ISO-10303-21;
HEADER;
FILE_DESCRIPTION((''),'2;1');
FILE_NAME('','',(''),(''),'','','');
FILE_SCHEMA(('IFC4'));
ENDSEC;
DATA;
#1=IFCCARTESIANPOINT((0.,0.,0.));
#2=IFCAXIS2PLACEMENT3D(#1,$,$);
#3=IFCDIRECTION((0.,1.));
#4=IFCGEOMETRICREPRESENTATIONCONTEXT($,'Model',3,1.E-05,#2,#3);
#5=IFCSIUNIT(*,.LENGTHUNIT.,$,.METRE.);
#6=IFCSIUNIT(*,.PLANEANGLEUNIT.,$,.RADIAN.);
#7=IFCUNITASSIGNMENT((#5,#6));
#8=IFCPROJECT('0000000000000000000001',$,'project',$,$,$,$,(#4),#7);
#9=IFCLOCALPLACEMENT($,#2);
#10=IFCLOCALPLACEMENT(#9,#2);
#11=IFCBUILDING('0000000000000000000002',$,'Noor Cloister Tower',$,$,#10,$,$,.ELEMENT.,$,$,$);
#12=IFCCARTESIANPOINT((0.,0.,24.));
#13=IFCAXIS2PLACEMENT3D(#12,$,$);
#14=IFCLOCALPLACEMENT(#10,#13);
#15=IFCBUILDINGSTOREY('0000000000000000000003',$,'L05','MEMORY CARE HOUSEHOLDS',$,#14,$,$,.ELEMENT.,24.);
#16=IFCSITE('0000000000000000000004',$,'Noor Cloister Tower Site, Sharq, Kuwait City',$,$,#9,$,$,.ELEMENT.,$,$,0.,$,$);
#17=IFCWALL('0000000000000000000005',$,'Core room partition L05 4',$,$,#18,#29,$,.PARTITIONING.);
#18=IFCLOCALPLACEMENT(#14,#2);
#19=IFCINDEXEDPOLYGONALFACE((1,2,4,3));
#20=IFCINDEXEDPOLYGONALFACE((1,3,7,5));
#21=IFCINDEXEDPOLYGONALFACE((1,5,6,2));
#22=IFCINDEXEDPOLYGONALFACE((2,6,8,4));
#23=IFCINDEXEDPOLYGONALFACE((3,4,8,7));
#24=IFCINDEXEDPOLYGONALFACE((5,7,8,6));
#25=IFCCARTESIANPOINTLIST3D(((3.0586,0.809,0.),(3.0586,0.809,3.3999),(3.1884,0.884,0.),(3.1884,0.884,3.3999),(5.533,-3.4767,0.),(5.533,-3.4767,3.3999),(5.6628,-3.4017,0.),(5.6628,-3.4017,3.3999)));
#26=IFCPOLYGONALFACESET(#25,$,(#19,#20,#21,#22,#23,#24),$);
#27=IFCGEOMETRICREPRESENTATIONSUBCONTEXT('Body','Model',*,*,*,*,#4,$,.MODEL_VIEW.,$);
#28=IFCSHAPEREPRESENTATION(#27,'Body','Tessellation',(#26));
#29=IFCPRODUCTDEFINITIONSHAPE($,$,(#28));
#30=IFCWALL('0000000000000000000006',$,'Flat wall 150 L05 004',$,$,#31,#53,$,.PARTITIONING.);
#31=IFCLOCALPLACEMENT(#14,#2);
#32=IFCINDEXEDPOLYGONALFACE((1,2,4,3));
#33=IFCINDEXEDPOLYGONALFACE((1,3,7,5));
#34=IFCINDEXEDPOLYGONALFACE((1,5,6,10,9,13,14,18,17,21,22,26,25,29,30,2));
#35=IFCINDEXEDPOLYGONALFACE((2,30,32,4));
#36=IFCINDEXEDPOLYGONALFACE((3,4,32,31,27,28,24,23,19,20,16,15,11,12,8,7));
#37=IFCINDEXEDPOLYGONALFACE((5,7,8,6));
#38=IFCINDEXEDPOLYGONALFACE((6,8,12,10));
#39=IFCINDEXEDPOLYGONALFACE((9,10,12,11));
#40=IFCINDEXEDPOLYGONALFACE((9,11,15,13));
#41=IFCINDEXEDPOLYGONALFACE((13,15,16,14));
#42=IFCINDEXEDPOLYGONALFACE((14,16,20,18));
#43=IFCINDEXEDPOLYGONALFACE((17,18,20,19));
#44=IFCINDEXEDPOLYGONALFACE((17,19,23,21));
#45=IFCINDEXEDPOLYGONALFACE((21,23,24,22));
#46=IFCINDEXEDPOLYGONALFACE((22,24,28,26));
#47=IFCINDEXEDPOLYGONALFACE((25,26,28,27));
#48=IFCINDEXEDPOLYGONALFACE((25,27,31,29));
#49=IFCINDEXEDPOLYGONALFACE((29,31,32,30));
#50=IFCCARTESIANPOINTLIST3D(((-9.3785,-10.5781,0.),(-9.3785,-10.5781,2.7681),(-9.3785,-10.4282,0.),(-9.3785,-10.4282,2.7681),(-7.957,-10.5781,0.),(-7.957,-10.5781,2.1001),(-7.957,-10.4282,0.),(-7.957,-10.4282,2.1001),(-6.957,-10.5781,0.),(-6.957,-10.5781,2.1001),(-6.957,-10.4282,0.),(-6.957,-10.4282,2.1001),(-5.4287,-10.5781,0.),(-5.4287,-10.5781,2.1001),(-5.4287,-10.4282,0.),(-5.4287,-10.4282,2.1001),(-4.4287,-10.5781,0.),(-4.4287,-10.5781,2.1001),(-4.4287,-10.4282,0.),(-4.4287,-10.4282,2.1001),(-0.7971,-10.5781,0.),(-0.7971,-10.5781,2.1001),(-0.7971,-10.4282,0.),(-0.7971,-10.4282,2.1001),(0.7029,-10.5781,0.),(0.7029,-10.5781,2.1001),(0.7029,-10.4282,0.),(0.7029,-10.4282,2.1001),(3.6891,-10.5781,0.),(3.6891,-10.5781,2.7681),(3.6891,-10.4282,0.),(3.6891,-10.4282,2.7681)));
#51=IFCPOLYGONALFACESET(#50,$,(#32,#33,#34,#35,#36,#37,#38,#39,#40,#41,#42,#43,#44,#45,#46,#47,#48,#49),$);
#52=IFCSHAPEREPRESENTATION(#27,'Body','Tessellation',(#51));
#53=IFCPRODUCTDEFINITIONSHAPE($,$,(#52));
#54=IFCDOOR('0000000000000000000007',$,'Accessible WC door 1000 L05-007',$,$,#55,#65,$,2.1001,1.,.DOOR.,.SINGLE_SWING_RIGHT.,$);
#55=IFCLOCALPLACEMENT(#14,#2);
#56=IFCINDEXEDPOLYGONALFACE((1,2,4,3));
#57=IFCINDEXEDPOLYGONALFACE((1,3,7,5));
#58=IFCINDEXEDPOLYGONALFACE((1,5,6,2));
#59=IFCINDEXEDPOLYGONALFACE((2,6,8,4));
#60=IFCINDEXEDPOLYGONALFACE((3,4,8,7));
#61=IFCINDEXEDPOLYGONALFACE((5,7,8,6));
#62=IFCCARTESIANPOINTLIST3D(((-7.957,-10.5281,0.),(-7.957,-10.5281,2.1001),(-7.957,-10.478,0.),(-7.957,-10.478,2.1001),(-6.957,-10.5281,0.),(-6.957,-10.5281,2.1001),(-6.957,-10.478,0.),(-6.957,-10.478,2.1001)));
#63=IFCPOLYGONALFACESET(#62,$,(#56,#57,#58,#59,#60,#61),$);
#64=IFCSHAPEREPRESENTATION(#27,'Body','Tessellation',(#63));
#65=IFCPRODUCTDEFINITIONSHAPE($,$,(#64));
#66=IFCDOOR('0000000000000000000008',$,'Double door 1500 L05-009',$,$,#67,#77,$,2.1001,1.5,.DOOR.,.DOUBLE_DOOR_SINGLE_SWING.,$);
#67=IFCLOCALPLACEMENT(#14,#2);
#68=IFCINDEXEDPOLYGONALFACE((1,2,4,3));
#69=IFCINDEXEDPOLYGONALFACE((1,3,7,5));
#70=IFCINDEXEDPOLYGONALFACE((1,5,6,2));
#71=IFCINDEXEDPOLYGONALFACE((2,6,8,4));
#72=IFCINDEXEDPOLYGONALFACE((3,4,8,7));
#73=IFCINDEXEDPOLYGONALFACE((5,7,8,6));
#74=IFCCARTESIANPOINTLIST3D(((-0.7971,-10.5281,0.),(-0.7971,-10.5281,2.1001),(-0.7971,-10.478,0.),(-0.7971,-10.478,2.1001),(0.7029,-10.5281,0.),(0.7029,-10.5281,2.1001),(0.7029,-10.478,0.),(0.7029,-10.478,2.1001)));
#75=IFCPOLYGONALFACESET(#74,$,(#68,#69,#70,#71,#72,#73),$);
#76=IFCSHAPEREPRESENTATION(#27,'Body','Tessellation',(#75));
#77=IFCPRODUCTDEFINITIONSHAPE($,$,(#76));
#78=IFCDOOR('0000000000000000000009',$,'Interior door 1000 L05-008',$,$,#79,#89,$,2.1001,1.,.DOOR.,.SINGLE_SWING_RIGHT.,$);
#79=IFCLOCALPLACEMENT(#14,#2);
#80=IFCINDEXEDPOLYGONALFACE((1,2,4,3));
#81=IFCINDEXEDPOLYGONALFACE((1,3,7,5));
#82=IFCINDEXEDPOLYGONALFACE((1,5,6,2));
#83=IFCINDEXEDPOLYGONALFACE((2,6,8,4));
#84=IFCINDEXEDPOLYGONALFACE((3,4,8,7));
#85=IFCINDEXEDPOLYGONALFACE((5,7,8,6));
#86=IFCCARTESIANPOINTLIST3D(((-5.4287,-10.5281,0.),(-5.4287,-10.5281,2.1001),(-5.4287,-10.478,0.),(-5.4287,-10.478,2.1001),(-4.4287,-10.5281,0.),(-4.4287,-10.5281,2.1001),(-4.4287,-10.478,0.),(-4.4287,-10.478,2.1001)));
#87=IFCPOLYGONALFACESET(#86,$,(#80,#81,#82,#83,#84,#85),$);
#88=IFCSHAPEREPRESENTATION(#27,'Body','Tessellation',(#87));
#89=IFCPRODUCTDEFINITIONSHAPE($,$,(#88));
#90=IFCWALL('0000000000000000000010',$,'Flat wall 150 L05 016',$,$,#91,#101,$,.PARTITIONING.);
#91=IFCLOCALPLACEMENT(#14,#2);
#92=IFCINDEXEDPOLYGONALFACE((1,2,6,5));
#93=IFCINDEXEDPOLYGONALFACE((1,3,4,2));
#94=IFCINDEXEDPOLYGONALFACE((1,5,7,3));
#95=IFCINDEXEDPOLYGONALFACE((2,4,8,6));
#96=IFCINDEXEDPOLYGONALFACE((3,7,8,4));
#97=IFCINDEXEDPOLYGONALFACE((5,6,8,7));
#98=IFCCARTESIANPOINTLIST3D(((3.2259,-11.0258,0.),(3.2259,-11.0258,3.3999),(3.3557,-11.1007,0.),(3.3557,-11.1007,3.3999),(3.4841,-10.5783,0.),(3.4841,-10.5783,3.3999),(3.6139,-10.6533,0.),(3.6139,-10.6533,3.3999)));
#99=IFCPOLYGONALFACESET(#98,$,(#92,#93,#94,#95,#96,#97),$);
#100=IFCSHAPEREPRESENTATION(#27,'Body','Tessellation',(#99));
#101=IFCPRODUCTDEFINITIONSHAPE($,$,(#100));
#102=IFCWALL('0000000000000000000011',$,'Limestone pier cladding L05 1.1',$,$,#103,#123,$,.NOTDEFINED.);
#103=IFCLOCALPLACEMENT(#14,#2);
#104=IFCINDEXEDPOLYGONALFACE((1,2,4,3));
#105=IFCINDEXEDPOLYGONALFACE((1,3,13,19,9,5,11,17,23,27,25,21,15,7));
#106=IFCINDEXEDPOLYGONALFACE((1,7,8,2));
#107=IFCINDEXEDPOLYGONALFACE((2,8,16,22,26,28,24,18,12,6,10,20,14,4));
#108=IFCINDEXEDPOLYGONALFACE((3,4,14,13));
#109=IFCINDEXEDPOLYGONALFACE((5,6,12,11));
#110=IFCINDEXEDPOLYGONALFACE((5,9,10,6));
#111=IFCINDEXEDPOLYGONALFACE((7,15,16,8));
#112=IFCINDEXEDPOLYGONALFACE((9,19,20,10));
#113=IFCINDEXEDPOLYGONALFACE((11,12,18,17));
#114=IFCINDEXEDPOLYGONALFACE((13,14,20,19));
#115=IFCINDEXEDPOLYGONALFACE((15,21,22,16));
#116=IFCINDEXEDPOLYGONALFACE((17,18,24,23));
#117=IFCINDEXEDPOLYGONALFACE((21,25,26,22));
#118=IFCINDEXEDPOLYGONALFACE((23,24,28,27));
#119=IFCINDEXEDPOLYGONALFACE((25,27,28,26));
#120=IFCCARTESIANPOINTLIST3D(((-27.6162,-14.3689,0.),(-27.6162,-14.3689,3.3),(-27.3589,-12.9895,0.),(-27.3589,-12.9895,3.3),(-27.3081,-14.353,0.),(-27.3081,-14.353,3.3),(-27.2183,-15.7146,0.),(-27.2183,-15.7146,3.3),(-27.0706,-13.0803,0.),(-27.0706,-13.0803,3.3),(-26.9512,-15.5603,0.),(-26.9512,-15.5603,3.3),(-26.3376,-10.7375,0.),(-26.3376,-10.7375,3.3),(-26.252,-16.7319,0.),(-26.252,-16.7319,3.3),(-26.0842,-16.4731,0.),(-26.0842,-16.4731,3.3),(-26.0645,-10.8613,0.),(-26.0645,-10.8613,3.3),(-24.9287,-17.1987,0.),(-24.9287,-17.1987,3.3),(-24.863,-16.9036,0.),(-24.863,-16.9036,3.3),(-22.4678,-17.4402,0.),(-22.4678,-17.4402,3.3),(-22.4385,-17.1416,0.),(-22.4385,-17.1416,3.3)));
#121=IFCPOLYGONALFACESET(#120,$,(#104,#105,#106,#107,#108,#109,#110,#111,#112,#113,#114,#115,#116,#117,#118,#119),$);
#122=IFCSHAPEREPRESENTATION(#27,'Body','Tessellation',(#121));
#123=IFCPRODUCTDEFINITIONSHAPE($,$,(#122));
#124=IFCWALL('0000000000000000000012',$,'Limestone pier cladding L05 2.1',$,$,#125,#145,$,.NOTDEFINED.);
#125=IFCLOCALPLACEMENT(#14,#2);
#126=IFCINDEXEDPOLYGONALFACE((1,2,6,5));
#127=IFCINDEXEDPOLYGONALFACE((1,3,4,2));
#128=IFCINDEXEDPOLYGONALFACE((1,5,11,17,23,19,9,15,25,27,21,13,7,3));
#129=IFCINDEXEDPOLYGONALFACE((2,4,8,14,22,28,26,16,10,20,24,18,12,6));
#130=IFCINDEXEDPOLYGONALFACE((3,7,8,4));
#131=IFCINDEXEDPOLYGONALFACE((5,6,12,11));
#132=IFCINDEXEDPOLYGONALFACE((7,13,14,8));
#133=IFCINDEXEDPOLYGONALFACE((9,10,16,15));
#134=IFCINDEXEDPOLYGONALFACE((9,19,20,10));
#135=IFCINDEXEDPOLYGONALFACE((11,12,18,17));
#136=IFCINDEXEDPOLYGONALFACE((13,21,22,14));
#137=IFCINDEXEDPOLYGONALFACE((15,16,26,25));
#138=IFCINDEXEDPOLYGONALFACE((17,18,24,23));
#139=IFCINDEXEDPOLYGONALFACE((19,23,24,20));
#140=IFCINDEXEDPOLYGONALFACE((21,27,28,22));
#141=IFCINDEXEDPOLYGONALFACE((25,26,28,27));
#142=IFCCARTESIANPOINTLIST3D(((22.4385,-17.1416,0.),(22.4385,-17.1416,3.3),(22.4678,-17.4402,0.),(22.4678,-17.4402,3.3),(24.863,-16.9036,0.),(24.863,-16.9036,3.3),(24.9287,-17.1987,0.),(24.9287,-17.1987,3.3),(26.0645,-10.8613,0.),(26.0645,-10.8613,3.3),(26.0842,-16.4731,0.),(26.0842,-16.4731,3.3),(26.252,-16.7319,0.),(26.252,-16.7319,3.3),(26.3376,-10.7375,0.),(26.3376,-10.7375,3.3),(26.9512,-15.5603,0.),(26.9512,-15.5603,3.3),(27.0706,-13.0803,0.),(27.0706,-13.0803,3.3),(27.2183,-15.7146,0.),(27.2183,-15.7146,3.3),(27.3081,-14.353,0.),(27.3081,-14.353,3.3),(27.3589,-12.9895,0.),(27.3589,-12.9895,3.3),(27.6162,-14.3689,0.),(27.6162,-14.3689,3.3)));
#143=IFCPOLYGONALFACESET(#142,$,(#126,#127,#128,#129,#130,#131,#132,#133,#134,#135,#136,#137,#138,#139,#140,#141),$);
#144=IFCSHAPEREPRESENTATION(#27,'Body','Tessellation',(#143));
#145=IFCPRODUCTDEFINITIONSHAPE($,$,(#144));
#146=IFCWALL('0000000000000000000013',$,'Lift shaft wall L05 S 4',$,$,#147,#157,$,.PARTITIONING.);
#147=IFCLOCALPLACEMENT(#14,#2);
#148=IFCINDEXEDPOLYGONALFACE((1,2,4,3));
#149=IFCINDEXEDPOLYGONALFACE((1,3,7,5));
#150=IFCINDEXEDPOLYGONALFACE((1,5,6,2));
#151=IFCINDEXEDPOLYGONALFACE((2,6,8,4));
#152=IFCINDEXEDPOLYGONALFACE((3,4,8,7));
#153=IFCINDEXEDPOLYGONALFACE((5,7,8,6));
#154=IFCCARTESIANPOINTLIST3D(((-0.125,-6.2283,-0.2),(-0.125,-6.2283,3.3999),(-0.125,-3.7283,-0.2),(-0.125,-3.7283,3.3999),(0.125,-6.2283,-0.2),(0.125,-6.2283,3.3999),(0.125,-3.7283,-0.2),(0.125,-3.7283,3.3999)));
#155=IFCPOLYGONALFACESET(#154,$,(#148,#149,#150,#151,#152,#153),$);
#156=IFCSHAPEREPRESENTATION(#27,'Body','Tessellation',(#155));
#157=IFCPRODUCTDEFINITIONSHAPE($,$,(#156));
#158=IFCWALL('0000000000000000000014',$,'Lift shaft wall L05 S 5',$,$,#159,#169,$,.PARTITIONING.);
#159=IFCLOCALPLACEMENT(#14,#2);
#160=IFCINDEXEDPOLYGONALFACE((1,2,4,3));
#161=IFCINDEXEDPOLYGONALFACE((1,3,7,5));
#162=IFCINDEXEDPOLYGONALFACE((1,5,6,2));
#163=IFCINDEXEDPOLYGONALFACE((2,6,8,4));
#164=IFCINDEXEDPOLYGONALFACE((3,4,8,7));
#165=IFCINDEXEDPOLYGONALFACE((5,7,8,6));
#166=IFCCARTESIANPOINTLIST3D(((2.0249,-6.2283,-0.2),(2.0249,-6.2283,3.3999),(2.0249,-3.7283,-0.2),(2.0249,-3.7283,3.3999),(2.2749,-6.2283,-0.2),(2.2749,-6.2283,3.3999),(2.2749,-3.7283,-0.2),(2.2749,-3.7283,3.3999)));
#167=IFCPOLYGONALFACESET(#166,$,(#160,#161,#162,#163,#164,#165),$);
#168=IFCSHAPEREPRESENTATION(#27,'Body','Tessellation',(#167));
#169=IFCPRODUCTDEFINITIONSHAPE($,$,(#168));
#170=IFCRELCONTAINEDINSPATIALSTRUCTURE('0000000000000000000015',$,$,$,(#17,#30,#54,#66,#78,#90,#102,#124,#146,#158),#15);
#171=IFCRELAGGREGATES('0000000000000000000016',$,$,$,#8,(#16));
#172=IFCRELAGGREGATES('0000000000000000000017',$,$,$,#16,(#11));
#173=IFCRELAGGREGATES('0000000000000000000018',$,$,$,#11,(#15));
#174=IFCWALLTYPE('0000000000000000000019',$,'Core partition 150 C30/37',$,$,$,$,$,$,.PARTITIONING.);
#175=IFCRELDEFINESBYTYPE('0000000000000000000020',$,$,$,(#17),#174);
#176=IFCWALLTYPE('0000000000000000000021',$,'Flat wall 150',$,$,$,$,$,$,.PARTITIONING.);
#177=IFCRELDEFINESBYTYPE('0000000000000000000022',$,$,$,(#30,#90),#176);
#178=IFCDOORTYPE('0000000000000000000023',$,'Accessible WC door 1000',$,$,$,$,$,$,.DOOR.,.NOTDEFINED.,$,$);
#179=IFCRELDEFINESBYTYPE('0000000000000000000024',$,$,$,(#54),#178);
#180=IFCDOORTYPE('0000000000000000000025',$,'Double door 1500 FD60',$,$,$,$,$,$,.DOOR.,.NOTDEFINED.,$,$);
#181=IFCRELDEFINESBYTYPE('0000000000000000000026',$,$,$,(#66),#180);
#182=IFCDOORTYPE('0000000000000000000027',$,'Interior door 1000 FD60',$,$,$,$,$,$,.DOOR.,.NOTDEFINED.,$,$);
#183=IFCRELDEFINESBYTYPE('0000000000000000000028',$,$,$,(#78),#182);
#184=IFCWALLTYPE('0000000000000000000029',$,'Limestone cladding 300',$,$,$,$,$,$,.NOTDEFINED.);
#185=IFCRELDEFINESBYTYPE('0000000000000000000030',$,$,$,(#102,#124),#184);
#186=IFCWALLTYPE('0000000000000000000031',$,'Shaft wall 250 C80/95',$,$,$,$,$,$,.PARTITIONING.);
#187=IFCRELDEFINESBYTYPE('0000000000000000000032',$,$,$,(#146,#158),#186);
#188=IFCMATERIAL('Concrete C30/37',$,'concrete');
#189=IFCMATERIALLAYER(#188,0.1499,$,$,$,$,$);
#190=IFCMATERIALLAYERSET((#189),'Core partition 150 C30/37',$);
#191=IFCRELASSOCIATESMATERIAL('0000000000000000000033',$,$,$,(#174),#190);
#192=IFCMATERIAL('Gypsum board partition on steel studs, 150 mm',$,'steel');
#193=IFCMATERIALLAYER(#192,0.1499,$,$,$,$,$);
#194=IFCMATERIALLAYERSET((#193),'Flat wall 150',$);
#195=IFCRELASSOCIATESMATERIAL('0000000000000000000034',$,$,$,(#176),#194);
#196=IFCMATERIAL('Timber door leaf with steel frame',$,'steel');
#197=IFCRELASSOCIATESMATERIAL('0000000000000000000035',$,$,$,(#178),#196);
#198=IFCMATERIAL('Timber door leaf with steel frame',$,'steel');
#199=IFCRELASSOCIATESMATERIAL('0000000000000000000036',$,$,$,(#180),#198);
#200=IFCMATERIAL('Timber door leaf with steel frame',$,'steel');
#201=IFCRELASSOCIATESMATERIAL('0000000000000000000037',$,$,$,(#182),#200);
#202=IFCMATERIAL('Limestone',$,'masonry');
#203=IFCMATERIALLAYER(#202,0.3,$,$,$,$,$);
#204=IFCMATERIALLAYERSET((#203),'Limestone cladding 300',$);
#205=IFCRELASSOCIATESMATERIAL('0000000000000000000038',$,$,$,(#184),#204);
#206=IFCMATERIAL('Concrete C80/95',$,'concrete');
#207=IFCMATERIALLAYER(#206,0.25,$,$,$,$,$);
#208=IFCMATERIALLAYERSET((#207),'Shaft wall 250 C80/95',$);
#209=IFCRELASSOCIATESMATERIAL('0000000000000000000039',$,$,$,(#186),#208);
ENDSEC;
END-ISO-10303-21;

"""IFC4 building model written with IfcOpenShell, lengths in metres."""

from ifc_helpers import new_model, si_unit, direction, frame, frame_2d, origin, place, context, subcontext, project, spatial, polyline, rectangle, outline, extrude, material, layer, layer_set, type_object, element, fill, save


model = new_model("IFC4")

# Units and contexts
model_context = context("Model", 3, precision=1e-05, world=origin(), true_north=direction((0.0, 1.0)))
body_context = subcontext(model_context, "Body", "Model", "MODEL_VIEW")
ifc_project = project(units=[si_unit("LENGTHUNIT", "METRE"), si_unit("PLANEANGLEUNIT", "RADIAN")], contexts=[model_context])

# Site, building, storey
site_placement = place(None, origin())
site = spatial("IfcSite", under=ifc_project, at=site_placement, Name="Noor Cloister Tower Site, Sharq, Kuwait City", CompositionType="ELEMENT", RefElevation=0.0)
building_placement = place(site_placement, origin())
building = spatial("IfcBuilding", under=site, at=building_placement, Name="Noor Cloister Tower", CompositionType="ELEMENT")
storey_placement = place(building_placement, frame((0.0, 0.0, 24.0)))
storey = spatial("IfcBuildingStorey", under=building, at=storey_placement, Name="L05", Description="MEMORY CARE HOUSEHOLDS", CompositionType="ELEMENT", Elevation=24.0)

# Wall
ifc_material_1 = material(Name="Concrete C30/37", Category="concrete")
ifc_layer_1 = layer(ifc_material_1, 0.1499)
ifc_layer_set_1 = layer_set([ifc_layer_1], Name="Core partition 150 C30/37")
wall_type_1 = type_object("IfcWallType", Name="Core partition 150 C30/37", PredefinedType="PARTITIONING", material=ifc_layer_set_1)
wall_1_placement = place(storey_placement, frame((5.5979, -3.4392, 0.0), z_axis=(0.0, 0.0, 1.0), x_axis=(-0.500007, 0.866021, 0.0)))
element("IfcWall", 1, at=wall_1_placement, inside=storey, type_object=wall_type_1, Name="Core room partition L05 4", PredefinedType="PARTITIONING", context=body_context, shape_type="SweptSolid", body=[
    extrude(rectangle(XDim=4.9487, YDim=0.1499, at=frame_2d((2.4744, 0.0))), origin(), (0.0, 0.0, 1.0), 3.3999),
])

# Wall, openings, doors
ifc_material_2 = material(Name="Gypsum board partition on steel studs, 150 mm", Category="steel")
ifc_layer_2 = layer(ifc_material_2, 0.1499)
ifc_layer_set_2 = layer_set([ifc_layer_2], Name="Flat wall 150")
wall_type_2 = type_object("IfcWallType", Name="Flat wall 150", PredefinedType="PARTITIONING", material=ifc_layer_set_2)
wall_2_placement = place(storey_placement, frame((3.689, -10.5032, 0.0), z_axis=(0.0, 0.0, 1.0), x_axis=(-1.0, 0.0, 0.0)))
wall_2 = element("IfcWall", 2, at=wall_2_placement, inside=storey, type_object=wall_type_2, Name="Flat wall 150 L05 004", PredefinedType="PARTITIONING", context=body_context, shape_type="SweptSolid", body=[
    extrude(rectangle(XDim=13.0676, YDim=0.1499, at=frame_2d((6.5337, 0.0))), origin(), (0.0, 0.0, 1.0), 2.7681),
])
opening_1_placement = place(wall_2_placement, frame((10.646, 0.0, 0.0)))
opening_1 = element("IfcOpeningElement", 3, at=opening_1_placement, cuts=wall_2, PredefinedType="OPENING", context=body_context, shape_type="SweptSolid", body=[
    extrude(rectangle(XDim=1.0, YDim=2.1001, at=frame_2d((0.5, 1.05))), frame((0.0, 0.085, 0.0), z_axis=(0.0, -1.0, 0.0), x_axis=(1.0, 0.0, 0.0)), (0.0, 0.0, 1.0), 0.1699),
])
opening_2_placement = place(wall_2_placement, frame((8.1177, 0.0, 0.0)))
opening_2 = element("IfcOpeningElement", 4, at=opening_2_placement, cuts=wall_2, PredefinedType="OPENING", context=body_context, shape_type="SweptSolid", body=[
    extrude(rectangle(XDim=1.0, YDim=2.1001, at=frame_2d((0.5, 1.05))), frame((0.0, 0.085, 0.0), z_axis=(0.0, -1.0, 0.0), x_axis=(1.0, 0.0, 0.0)), (0.0, 0.0, 1.0), 0.1699),
])
opening_3_placement = place(wall_2_placement, frame((2.9861, 0.0, 0.0)))
opening_3 = element("IfcOpeningElement", 5, at=opening_3_placement, cuts=wall_2, PredefinedType="OPENING", context=body_context, shape_type="SweptSolid", body=[
    extrude(rectangle(XDim=1.5, YDim=2.1001, at=frame_2d((0.75, 1.05))), frame((0.0, 0.085, 0.0), z_axis=(0.0, -1.0, 0.0), x_axis=(1.0, 0.0, 0.0)), (0.0, 0.0, 1.0), 0.1699),
])
ifc_material_3 = material(Name="Timber door leaf with steel frame", Category="steel")
door_type_1 = type_object("IfcDoorType", Name="Accessible WC door 1000", OperationType="NOTDEFINED", PredefinedType="DOOR", material=ifc_material_3)
door_1_placement = place(opening_1_placement, origin())
door_1 = element("IfcDoor", 6, at=door_1_placement, inside=storey, type_object=door_type_1, Name="Accessible WC door 1000 L05-007", OperationType="SINGLE_SWING_RIGHT", OverallHeight=2.1001, OverallWidth=1.0, PredefinedType="DOOR", context=body_context, shape_type="SweptSolid", body=[
    extrude(rectangle(XDim=1.0, YDim=2.1001, at=frame_2d((0.5, 1.05))), frame((0.0, 0.0249, 0.0), z_axis=(0.0, -1.0, 0.0), x_axis=(1.0, 0.0, 0.0)), (0.0, 0.0, 1.0), 0.05),
])
fill(opening_1, door_1)
ifc_material_4 = material(Name="Timber door leaf with steel frame", Category="steel")
door_type_2 = type_object("IfcDoorType", Name="Double door 1500 FD60", OperationType="NOTDEFINED", PredefinedType="DOOR", material=ifc_material_4)
door_2_placement = place(opening_3_placement, origin())
door_2 = element("IfcDoor", 7, at=door_2_placement, inside=storey, type_object=door_type_2, Name="Double door 1500 L05-009", OperationType="DOUBLE_DOOR_SINGLE_SWING", OverallHeight=2.1001, OverallWidth=1.5, PredefinedType="DOOR", context=body_context, shape_type="SweptSolid", body=[
    extrude(rectangle(XDim=1.5, YDim=2.1001, at=frame_2d((0.75, 1.05))), frame((0.0, 0.0249, 0.0), z_axis=(0.0, -1.0, 0.0), x_axis=(1.0, 0.0, 0.0)), (0.0, 0.0, 1.0), 0.05),
])
fill(opening_3, door_2)
ifc_material_5 = material(Name="Timber door leaf with steel frame", Category="steel")
door_type_3 = type_object("IfcDoorType", Name="Interior door 1000 FD60", OperationType="NOTDEFINED", PredefinedType="DOOR", material=ifc_material_5)
door_3_placement = place(opening_2_placement, origin())
door_3 = element("IfcDoor", 8, at=door_3_placement, inside=storey, type_object=door_type_3, Name="Interior door 1000 L05-008", OperationType="SINGLE_SWING_RIGHT", OverallHeight=2.1001, OverallWidth=1.0, PredefinedType="DOOR", context=body_context, shape_type="SweptSolid", body=[
    extrude(rectangle(XDim=1.0, YDim=2.1001, at=frame_2d((0.5, 1.05))), frame((0.0, 0.0249, 0.0), z_axis=(0.0, -1.0, 0.0), x_axis=(1.0, 0.0, 0.0)), (0.0, 0.0, 1.0), 0.05),
])
fill(opening_2, door_3)

# Walls
wall_3_placement = place(storey_placement, frame((3.2908, -11.0632, 0.0), z_axis=(0.0, 0.0, 1.0), x_axis=(0.4999, 0.866083, 0.0)))
element("IfcWall", 9, at=wall_3_placement, inside=storey, type_object=wall_type_2, Name="Flat wall 150 L05 016", PredefinedType="PARTITIONING", context=body_context, shape_type="SweptSolid", body=[
    extrude(rectangle(XDim=0.5166, YDim=0.1499, at=frame_2d((0.2583, 0.0))), origin(), (0.0, 0.0, 1.0), 3.3999),
])
ifc_material_6 = material(Name="Limestone", Category="masonry")
ifc_layer_3 = layer(ifc_material_6, 0.3)
ifc_layer_set_3 = layer_set([ifc_layer_3], Name="Limestone cladding 300")
wall_type_3 = type_object("IfcWallType", Name="Limestone cladding 300", PredefinedType="NOTDEFINED", material=ifc_layer_set_3)
wall_4_placement = place(storey_placement, origin())
element("IfcWall", 10, at=wall_4_placement, inside=storey, type_object=wall_type_3, Name="Limestone pier cladding L05 1.1", PredefinedType="NOTDEFINED", context=body_context, shape_type="SweptSolid", body=[
    extrude(outline(polyline([(-26.3376, -10.7375), (-27.3589, -12.9895), (-27.6162, -14.3689), (-27.2183, -15.7146), (-26.252, -16.7319), (-24.9287, -17.1987), (-22.4678, -17.4402), (-22.4385, -17.1416), (-24.863, -16.9036), (-26.0842, -16.4731), (-26.9512, -15.5603), (-27.3081, -14.353), (-27.0706, -13.0803), (-26.0645, -10.8613), (-26.3376, -10.7375)])), origin(), (0.0, 0.0, 1.0), 3.3),
])
wall_5_placement = place(storey_placement, origin())
element("IfcWall", 11, at=wall_5_placement, inside=storey, type_object=wall_type_3, Name="Limestone pier cladding L05 2.1", PredefinedType="NOTDEFINED", context=body_context, shape_type="SweptSolid", body=[
    extrude(outline(polyline([(22.4678, -17.4402), (24.9287, -17.1987), (26.252, -16.7319), (27.2183, -15.7146), (27.6162, -14.3689), (27.3589, -12.9895), (26.3376, -10.7375), (26.0645, -10.8613), (27.0706, -13.0803), (27.3081, -14.353), (26.9512, -15.5603), (26.0842, -16.4731), (24.863, -16.9036), (22.4385, -17.1416), (22.4678, -17.4402)])), origin(), (0.0, 0.0, 1.0), 3.3),
])
ifc_material_7 = material(Name="Concrete C80/95", Category="concrete")
ifc_layer_4 = layer(ifc_material_7, 0.25)
ifc_layer_set_4 = layer_set([ifc_layer_4], Name="Shaft wall 250 C80/95")
wall_type_4 = type_object("IfcWallType", Name="Shaft wall 250 C80/95", PredefinedType="PARTITIONING", material=ifc_layer_set_4)
for number, where, z_axis, x_axis, name in (
    (12, (0.0, -6.2283, -0.2), (0.0, 0.0, 1.0), (0.0, 1.0, 0.0), "Lift shaft wall L05 S 4"),
    (13, (2.1499, -6.2283, -0.2), (0.0, 0.0, 1.0), (0.0, 1.0, 0.0), "Lift shaft wall L05 S 5"),
):
    element("IfcWall", number, at=place(storey_placement, frame(where, z_axis=z_axis, x_axis=x_axis)), inside=storey, type_object=wall_type_4, Name=name, PredefinedType="PARTITIONING", context=body_context, shape_type="SweptSolid", body=[
        extrude(rectangle(XDim=2.5, YDim=0.25, at=frame_2d((1.25, 0.0))), origin(), (0.0, 0.0, 1.0), 3.5999),
    ])

save(model, "model.ifc")
